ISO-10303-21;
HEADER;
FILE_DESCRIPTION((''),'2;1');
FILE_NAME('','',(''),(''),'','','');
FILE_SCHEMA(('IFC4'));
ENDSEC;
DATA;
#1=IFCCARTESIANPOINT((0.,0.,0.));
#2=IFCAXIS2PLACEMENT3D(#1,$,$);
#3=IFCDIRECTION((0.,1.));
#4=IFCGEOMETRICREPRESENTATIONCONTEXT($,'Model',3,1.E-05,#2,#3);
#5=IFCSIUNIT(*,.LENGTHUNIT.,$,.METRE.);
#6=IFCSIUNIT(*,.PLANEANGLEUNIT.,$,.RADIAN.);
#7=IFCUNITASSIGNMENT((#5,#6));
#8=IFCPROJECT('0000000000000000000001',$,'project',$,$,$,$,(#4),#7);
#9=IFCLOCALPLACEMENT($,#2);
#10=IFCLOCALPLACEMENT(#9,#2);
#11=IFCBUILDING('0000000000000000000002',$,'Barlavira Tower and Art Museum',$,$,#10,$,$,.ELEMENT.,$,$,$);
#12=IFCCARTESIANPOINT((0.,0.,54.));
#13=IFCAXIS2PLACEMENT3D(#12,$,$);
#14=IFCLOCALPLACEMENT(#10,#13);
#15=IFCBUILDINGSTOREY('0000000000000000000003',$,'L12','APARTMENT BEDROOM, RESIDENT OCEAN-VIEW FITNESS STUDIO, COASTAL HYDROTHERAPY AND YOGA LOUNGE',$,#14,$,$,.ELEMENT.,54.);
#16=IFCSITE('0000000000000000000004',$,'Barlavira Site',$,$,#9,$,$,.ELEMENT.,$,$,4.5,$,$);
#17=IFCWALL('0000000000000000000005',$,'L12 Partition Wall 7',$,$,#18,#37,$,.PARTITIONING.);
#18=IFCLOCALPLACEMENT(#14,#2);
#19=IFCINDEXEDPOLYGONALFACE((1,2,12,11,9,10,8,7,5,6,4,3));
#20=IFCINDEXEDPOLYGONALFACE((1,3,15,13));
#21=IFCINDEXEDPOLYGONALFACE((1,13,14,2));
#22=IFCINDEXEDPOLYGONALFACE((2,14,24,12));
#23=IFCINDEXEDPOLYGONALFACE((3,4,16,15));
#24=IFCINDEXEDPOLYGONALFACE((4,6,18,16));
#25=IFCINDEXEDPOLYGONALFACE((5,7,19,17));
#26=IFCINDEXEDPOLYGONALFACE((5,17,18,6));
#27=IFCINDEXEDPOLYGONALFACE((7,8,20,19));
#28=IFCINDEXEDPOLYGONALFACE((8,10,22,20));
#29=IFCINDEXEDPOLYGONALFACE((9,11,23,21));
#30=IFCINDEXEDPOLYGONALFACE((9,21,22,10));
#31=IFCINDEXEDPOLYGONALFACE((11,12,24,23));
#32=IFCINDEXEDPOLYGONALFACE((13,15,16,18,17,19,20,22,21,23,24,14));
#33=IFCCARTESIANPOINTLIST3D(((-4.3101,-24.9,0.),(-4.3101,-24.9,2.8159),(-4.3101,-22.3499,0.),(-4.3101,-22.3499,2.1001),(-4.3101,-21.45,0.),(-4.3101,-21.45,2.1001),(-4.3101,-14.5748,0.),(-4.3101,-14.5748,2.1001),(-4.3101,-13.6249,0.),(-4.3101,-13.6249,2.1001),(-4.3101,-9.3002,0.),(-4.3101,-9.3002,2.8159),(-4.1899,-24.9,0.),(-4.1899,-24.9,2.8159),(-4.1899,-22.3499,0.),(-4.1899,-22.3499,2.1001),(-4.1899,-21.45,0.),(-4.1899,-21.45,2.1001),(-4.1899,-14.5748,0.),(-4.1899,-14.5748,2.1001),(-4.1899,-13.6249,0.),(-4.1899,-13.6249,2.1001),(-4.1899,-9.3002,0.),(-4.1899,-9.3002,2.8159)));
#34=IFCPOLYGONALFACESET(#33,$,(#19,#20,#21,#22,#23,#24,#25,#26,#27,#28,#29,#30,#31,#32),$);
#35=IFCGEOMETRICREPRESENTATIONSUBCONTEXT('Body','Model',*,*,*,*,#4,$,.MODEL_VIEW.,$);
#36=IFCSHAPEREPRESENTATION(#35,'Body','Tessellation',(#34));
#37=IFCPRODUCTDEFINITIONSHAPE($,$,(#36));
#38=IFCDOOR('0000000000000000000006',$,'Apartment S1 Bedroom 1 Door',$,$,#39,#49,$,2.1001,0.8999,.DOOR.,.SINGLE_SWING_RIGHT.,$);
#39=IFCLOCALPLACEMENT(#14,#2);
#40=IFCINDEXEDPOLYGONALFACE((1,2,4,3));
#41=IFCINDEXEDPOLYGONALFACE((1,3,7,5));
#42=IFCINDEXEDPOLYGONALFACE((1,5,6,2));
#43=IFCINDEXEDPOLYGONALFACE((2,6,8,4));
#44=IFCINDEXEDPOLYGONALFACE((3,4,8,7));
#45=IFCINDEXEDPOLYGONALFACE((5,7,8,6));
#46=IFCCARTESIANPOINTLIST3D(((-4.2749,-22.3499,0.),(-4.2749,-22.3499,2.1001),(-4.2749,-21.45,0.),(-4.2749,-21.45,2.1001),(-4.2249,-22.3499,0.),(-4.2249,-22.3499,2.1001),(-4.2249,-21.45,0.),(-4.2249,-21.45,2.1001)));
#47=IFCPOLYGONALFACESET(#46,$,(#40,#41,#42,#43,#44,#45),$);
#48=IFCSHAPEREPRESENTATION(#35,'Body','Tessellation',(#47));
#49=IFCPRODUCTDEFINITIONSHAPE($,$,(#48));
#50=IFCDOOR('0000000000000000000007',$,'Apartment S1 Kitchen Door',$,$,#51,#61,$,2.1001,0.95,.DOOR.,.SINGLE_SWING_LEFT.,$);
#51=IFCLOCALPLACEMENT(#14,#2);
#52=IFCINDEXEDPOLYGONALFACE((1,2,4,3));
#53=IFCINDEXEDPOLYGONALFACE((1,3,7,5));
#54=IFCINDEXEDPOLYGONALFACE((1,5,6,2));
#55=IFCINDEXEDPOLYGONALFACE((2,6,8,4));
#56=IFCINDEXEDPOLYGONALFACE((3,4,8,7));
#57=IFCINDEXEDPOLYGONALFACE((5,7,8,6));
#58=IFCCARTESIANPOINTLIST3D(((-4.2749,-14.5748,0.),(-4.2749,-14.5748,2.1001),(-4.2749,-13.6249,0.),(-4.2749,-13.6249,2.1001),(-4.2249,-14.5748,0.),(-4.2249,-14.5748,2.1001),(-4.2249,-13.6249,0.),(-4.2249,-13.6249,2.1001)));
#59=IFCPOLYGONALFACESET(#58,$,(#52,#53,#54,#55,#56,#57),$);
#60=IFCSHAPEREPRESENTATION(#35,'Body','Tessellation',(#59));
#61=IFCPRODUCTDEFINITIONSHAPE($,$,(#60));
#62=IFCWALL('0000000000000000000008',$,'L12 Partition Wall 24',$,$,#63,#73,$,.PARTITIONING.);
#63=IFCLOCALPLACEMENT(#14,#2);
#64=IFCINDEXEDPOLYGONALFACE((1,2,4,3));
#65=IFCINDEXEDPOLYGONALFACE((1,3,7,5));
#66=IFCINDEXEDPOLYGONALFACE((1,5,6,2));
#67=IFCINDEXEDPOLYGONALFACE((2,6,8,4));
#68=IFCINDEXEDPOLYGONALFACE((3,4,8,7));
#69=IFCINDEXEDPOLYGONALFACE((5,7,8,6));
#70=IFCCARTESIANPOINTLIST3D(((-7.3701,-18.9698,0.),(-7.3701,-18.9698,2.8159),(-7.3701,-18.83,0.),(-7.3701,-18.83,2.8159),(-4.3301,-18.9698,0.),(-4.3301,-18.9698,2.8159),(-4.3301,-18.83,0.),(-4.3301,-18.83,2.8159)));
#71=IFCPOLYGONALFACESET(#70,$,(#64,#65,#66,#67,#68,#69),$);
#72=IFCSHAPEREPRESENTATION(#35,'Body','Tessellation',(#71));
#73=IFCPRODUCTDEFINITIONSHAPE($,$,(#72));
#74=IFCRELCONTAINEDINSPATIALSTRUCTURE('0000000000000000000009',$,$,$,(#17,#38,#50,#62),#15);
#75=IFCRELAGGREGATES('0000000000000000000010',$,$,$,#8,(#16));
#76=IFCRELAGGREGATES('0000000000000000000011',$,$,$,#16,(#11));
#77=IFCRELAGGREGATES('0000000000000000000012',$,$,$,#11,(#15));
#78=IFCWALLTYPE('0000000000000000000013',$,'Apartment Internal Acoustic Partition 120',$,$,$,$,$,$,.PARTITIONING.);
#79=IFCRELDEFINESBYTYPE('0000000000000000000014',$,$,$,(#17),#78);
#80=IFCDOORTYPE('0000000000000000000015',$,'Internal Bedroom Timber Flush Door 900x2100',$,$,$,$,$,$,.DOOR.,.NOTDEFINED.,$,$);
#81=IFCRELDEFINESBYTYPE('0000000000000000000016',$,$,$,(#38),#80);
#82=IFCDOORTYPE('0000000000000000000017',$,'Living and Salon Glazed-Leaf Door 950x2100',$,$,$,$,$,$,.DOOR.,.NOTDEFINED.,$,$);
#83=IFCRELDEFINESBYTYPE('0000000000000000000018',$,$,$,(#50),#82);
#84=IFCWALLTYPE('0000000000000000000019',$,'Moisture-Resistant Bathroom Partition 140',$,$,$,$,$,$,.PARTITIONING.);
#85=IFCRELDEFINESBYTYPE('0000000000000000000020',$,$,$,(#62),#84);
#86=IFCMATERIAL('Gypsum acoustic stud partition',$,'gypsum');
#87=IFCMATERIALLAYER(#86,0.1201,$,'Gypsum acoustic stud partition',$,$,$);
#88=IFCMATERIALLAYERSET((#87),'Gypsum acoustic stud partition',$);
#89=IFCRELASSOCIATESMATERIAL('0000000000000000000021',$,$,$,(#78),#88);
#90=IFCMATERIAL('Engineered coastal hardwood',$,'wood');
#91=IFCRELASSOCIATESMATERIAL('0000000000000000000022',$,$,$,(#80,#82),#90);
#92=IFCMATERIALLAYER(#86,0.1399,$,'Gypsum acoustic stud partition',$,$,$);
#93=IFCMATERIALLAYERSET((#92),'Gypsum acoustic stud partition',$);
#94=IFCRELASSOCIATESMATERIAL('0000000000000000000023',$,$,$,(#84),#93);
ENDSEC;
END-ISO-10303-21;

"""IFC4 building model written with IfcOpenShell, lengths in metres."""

from ifc_helpers import new_model, si_unit, direction, frame, frame_2d, origin, place, context, subcontext, project, spatial, rectangle, extrude, material, layer, layer_set, type_object, element, fill, save


model = new_model("IFC4")

# Units and contexts
model_context = context("Model", 3, precision=1e-05, world=origin(), true_north=direction((0.0, 1.0)))
body_context = subcontext(model_context, "Body", "Model", "MODEL_VIEW")
ifc_project = project(units=[si_unit("LENGTHUNIT", "METRE"), si_unit("PLANEANGLEUNIT", "RADIAN")], contexts=[model_context])

# Site, building, storey
site_placement = place(None, origin())
site = spatial("IfcSite", under=ifc_project, at=site_placement, Name="Barlavira Site", CompositionType="ELEMENT", RefElevation=4.5)
building_placement = place(site_placement, origin())
building = spatial("IfcBuilding", under=site, at=building_placement, Name="Barlavira Tower and Art Museum", CompositionType="ELEMENT")
storey_placement = place(building_placement, frame((0.0, 0.0, 54.0)))
storey = spatial("IfcBuildingStorey", under=building, at=storey_placement, Name="L12", Description="APARTMENT BEDROOM, RESIDENT OCEAN-VIEW FITNESS STUDIO, COASTAL HYDROTHERAPY AND YOGA LOUNGE", CompositionType="ELEMENT", Elevation=54.0)

# Shared definitions
ifc_material_1 = material(Name="Gypsum acoustic stud partition", Category="gypsum")
ifc_layer_1 = layer(ifc_material_1, 0.1201, Name="Gypsum acoustic stud partition")
ifc_layer_set_1 = layer_set([ifc_layer_1], Name="Gypsum acoustic stud partition")
wall_type_1 = type_object("IfcWallType", Name="Apartment Internal Acoustic Partition 120", PredefinedType="PARTITIONING", material=ifc_layer_set_1)
ifc_material_2 = material(Name="Engineered coastal hardwood", Category="wood")
door_type_1 = type_object("IfcDoorType", Name="Internal Bedroom Timber Flush Door 900x2100", OperationType="NOTDEFINED", PredefinedType="DOOR", material=ifc_material_2)

# Wall, openings, doors
wall_1_placement = place(storey_placement, frame((-4.25, -24.8999, 0.0), z_axis=(0.0, 0.0, 1.0), x_axis=(0.0, 1.0, 0.0)))
wall_1 = element("IfcWall", 1, at=wall_1_placement, inside=storey, type_object=wall_type_1, Name="L12 Partition Wall 7", PredefinedType="PARTITIONING", context=body_context, shape_type="SweptSolid", body=[
    extrude(rectangle(XDim=15.5999, YDim=0.1201, at=frame_2d((7.7998, 0.0))), origin(), (0.0, 0.0, 1.0), 2.8159),
])
opening_1_placement = place(wall_1_placement, frame((10.325, 0.0, 0.0)))
opening_1 = element("IfcOpeningElement", 2, at=opening_1_placement, cuts=wall_1, PredefinedType="OPENING", context=body_context, shape_type="SweptSolid", body=[
    extrude(rectangle(XDim=0.95, YDim=2.1001, at=frame_2d((0.4751, 1.05))), frame((0.0, 0.0701, 0.0), z_axis=(0.0, -1.0, 0.0), x_axis=(1.0, 0.0, 0.0)), (0.0, 0.0, 1.0), 0.1401),
])
opening_2_placement = place(wall_1_placement, frame((2.55, 0.0, 0.0)))
opening_2 = element("IfcOpeningElement", 3, at=opening_2_placement, cuts=wall_1, PredefinedType="OPENING", context=body_context, shape_type="SweptSolid", body=[
    extrude(rectangle(XDim=0.8999, YDim=2.1001, at=frame_2d((0.45, 1.05))), frame((0.0, 0.0701, 0.0), z_axis=(0.0, -1.0, 0.0), x_axis=(1.0, 0.0, 0.0)), (0.0, 0.0, 1.0), 0.1401),
])
door_1_placement = place(opening_2_placement, origin())
door_1 = element("IfcDoor", 4, at=door_1_placement, inside=storey, type_object=door_type_1, Name="Apartment S1 Bedroom 1 Door", OperationType="SINGLE_SWING_RIGHT", OverallHeight=2.1001, OverallWidth=0.8999, PredefinedType="DOOR", context=body_context, shape_type="SweptSolid", body=[
    extrude(rectangle(XDim=0.8999, YDim=2.1001, at=frame_2d((0.45, 1.05))), frame((0.0, 0.0249, 0.0), z_axis=(0.0, -1.0, 0.0), x_axis=(1.0, 0.0, 0.0)), (0.0, 0.0, 1.0), 0.05),
])
fill(opening_2, door_1)
door_type_2 = type_object("IfcDoorType", Name="Living and Salon Glazed-Leaf Door 950x2100", OperationType="NOTDEFINED", PredefinedType="DOOR", material=ifc_material_2)
door_2_placement = place(opening_1_placement, origin())
door_2 = element("IfcDoor", 5, at=door_2_placement, inside=storey, type_object=door_type_2, Name="Apartment S1 Kitchen Door", OperationType="SINGLE_SWING_LEFT", OverallHeight=2.1001, OverallWidth=0.95, PredefinedType="DOOR", context=body_context, shape_type="SweptSolid", body=[
    extrude(rectangle(XDim=0.95, YDim=2.1001, at=frame_2d((0.4751, 1.05))), frame((0.0, 0.0249, 0.0), z_axis=(0.0, -1.0, 0.0), x_axis=(1.0, 0.0, 0.0)), (0.0, 0.0, 1.0), 0.05),
])
fill(opening_1, door_2)

# Wall
ifc_layer_2 = layer(ifc_material_1, 0.1399, Name="Gypsum acoustic stud partition")
ifc_layer_set_2 = layer_set([ifc_layer_2], Name="Gypsum acoustic stud partition")
wall_type_2 = type_object("IfcWallType", Name="Moisture-Resistant Bathroom Partition 140", PredefinedType="PARTITIONING", material=ifc_layer_set_2)
wall_2_placement = place(storey_placement, frame((-7.3701, -18.8999, 0.0), z_axis=(0.0, 0.0, 1.0), x_axis=(1.0, 0.0, 0.0)))
element("IfcWall", 6, at=wall_2_placement, inside=storey, type_object=wall_type_2, Name="L12 Partition Wall 24", PredefinedType="PARTITIONING", context=body_context, shape_type="SweptSolid", body=[
    extrude(rectangle(XDim=3.04, YDim=0.1399, at=frame_2d((1.52, 0.0))), origin(), (0.0, 0.0, 1.0), 2.8159),
])

save(model, "model.ifc")
